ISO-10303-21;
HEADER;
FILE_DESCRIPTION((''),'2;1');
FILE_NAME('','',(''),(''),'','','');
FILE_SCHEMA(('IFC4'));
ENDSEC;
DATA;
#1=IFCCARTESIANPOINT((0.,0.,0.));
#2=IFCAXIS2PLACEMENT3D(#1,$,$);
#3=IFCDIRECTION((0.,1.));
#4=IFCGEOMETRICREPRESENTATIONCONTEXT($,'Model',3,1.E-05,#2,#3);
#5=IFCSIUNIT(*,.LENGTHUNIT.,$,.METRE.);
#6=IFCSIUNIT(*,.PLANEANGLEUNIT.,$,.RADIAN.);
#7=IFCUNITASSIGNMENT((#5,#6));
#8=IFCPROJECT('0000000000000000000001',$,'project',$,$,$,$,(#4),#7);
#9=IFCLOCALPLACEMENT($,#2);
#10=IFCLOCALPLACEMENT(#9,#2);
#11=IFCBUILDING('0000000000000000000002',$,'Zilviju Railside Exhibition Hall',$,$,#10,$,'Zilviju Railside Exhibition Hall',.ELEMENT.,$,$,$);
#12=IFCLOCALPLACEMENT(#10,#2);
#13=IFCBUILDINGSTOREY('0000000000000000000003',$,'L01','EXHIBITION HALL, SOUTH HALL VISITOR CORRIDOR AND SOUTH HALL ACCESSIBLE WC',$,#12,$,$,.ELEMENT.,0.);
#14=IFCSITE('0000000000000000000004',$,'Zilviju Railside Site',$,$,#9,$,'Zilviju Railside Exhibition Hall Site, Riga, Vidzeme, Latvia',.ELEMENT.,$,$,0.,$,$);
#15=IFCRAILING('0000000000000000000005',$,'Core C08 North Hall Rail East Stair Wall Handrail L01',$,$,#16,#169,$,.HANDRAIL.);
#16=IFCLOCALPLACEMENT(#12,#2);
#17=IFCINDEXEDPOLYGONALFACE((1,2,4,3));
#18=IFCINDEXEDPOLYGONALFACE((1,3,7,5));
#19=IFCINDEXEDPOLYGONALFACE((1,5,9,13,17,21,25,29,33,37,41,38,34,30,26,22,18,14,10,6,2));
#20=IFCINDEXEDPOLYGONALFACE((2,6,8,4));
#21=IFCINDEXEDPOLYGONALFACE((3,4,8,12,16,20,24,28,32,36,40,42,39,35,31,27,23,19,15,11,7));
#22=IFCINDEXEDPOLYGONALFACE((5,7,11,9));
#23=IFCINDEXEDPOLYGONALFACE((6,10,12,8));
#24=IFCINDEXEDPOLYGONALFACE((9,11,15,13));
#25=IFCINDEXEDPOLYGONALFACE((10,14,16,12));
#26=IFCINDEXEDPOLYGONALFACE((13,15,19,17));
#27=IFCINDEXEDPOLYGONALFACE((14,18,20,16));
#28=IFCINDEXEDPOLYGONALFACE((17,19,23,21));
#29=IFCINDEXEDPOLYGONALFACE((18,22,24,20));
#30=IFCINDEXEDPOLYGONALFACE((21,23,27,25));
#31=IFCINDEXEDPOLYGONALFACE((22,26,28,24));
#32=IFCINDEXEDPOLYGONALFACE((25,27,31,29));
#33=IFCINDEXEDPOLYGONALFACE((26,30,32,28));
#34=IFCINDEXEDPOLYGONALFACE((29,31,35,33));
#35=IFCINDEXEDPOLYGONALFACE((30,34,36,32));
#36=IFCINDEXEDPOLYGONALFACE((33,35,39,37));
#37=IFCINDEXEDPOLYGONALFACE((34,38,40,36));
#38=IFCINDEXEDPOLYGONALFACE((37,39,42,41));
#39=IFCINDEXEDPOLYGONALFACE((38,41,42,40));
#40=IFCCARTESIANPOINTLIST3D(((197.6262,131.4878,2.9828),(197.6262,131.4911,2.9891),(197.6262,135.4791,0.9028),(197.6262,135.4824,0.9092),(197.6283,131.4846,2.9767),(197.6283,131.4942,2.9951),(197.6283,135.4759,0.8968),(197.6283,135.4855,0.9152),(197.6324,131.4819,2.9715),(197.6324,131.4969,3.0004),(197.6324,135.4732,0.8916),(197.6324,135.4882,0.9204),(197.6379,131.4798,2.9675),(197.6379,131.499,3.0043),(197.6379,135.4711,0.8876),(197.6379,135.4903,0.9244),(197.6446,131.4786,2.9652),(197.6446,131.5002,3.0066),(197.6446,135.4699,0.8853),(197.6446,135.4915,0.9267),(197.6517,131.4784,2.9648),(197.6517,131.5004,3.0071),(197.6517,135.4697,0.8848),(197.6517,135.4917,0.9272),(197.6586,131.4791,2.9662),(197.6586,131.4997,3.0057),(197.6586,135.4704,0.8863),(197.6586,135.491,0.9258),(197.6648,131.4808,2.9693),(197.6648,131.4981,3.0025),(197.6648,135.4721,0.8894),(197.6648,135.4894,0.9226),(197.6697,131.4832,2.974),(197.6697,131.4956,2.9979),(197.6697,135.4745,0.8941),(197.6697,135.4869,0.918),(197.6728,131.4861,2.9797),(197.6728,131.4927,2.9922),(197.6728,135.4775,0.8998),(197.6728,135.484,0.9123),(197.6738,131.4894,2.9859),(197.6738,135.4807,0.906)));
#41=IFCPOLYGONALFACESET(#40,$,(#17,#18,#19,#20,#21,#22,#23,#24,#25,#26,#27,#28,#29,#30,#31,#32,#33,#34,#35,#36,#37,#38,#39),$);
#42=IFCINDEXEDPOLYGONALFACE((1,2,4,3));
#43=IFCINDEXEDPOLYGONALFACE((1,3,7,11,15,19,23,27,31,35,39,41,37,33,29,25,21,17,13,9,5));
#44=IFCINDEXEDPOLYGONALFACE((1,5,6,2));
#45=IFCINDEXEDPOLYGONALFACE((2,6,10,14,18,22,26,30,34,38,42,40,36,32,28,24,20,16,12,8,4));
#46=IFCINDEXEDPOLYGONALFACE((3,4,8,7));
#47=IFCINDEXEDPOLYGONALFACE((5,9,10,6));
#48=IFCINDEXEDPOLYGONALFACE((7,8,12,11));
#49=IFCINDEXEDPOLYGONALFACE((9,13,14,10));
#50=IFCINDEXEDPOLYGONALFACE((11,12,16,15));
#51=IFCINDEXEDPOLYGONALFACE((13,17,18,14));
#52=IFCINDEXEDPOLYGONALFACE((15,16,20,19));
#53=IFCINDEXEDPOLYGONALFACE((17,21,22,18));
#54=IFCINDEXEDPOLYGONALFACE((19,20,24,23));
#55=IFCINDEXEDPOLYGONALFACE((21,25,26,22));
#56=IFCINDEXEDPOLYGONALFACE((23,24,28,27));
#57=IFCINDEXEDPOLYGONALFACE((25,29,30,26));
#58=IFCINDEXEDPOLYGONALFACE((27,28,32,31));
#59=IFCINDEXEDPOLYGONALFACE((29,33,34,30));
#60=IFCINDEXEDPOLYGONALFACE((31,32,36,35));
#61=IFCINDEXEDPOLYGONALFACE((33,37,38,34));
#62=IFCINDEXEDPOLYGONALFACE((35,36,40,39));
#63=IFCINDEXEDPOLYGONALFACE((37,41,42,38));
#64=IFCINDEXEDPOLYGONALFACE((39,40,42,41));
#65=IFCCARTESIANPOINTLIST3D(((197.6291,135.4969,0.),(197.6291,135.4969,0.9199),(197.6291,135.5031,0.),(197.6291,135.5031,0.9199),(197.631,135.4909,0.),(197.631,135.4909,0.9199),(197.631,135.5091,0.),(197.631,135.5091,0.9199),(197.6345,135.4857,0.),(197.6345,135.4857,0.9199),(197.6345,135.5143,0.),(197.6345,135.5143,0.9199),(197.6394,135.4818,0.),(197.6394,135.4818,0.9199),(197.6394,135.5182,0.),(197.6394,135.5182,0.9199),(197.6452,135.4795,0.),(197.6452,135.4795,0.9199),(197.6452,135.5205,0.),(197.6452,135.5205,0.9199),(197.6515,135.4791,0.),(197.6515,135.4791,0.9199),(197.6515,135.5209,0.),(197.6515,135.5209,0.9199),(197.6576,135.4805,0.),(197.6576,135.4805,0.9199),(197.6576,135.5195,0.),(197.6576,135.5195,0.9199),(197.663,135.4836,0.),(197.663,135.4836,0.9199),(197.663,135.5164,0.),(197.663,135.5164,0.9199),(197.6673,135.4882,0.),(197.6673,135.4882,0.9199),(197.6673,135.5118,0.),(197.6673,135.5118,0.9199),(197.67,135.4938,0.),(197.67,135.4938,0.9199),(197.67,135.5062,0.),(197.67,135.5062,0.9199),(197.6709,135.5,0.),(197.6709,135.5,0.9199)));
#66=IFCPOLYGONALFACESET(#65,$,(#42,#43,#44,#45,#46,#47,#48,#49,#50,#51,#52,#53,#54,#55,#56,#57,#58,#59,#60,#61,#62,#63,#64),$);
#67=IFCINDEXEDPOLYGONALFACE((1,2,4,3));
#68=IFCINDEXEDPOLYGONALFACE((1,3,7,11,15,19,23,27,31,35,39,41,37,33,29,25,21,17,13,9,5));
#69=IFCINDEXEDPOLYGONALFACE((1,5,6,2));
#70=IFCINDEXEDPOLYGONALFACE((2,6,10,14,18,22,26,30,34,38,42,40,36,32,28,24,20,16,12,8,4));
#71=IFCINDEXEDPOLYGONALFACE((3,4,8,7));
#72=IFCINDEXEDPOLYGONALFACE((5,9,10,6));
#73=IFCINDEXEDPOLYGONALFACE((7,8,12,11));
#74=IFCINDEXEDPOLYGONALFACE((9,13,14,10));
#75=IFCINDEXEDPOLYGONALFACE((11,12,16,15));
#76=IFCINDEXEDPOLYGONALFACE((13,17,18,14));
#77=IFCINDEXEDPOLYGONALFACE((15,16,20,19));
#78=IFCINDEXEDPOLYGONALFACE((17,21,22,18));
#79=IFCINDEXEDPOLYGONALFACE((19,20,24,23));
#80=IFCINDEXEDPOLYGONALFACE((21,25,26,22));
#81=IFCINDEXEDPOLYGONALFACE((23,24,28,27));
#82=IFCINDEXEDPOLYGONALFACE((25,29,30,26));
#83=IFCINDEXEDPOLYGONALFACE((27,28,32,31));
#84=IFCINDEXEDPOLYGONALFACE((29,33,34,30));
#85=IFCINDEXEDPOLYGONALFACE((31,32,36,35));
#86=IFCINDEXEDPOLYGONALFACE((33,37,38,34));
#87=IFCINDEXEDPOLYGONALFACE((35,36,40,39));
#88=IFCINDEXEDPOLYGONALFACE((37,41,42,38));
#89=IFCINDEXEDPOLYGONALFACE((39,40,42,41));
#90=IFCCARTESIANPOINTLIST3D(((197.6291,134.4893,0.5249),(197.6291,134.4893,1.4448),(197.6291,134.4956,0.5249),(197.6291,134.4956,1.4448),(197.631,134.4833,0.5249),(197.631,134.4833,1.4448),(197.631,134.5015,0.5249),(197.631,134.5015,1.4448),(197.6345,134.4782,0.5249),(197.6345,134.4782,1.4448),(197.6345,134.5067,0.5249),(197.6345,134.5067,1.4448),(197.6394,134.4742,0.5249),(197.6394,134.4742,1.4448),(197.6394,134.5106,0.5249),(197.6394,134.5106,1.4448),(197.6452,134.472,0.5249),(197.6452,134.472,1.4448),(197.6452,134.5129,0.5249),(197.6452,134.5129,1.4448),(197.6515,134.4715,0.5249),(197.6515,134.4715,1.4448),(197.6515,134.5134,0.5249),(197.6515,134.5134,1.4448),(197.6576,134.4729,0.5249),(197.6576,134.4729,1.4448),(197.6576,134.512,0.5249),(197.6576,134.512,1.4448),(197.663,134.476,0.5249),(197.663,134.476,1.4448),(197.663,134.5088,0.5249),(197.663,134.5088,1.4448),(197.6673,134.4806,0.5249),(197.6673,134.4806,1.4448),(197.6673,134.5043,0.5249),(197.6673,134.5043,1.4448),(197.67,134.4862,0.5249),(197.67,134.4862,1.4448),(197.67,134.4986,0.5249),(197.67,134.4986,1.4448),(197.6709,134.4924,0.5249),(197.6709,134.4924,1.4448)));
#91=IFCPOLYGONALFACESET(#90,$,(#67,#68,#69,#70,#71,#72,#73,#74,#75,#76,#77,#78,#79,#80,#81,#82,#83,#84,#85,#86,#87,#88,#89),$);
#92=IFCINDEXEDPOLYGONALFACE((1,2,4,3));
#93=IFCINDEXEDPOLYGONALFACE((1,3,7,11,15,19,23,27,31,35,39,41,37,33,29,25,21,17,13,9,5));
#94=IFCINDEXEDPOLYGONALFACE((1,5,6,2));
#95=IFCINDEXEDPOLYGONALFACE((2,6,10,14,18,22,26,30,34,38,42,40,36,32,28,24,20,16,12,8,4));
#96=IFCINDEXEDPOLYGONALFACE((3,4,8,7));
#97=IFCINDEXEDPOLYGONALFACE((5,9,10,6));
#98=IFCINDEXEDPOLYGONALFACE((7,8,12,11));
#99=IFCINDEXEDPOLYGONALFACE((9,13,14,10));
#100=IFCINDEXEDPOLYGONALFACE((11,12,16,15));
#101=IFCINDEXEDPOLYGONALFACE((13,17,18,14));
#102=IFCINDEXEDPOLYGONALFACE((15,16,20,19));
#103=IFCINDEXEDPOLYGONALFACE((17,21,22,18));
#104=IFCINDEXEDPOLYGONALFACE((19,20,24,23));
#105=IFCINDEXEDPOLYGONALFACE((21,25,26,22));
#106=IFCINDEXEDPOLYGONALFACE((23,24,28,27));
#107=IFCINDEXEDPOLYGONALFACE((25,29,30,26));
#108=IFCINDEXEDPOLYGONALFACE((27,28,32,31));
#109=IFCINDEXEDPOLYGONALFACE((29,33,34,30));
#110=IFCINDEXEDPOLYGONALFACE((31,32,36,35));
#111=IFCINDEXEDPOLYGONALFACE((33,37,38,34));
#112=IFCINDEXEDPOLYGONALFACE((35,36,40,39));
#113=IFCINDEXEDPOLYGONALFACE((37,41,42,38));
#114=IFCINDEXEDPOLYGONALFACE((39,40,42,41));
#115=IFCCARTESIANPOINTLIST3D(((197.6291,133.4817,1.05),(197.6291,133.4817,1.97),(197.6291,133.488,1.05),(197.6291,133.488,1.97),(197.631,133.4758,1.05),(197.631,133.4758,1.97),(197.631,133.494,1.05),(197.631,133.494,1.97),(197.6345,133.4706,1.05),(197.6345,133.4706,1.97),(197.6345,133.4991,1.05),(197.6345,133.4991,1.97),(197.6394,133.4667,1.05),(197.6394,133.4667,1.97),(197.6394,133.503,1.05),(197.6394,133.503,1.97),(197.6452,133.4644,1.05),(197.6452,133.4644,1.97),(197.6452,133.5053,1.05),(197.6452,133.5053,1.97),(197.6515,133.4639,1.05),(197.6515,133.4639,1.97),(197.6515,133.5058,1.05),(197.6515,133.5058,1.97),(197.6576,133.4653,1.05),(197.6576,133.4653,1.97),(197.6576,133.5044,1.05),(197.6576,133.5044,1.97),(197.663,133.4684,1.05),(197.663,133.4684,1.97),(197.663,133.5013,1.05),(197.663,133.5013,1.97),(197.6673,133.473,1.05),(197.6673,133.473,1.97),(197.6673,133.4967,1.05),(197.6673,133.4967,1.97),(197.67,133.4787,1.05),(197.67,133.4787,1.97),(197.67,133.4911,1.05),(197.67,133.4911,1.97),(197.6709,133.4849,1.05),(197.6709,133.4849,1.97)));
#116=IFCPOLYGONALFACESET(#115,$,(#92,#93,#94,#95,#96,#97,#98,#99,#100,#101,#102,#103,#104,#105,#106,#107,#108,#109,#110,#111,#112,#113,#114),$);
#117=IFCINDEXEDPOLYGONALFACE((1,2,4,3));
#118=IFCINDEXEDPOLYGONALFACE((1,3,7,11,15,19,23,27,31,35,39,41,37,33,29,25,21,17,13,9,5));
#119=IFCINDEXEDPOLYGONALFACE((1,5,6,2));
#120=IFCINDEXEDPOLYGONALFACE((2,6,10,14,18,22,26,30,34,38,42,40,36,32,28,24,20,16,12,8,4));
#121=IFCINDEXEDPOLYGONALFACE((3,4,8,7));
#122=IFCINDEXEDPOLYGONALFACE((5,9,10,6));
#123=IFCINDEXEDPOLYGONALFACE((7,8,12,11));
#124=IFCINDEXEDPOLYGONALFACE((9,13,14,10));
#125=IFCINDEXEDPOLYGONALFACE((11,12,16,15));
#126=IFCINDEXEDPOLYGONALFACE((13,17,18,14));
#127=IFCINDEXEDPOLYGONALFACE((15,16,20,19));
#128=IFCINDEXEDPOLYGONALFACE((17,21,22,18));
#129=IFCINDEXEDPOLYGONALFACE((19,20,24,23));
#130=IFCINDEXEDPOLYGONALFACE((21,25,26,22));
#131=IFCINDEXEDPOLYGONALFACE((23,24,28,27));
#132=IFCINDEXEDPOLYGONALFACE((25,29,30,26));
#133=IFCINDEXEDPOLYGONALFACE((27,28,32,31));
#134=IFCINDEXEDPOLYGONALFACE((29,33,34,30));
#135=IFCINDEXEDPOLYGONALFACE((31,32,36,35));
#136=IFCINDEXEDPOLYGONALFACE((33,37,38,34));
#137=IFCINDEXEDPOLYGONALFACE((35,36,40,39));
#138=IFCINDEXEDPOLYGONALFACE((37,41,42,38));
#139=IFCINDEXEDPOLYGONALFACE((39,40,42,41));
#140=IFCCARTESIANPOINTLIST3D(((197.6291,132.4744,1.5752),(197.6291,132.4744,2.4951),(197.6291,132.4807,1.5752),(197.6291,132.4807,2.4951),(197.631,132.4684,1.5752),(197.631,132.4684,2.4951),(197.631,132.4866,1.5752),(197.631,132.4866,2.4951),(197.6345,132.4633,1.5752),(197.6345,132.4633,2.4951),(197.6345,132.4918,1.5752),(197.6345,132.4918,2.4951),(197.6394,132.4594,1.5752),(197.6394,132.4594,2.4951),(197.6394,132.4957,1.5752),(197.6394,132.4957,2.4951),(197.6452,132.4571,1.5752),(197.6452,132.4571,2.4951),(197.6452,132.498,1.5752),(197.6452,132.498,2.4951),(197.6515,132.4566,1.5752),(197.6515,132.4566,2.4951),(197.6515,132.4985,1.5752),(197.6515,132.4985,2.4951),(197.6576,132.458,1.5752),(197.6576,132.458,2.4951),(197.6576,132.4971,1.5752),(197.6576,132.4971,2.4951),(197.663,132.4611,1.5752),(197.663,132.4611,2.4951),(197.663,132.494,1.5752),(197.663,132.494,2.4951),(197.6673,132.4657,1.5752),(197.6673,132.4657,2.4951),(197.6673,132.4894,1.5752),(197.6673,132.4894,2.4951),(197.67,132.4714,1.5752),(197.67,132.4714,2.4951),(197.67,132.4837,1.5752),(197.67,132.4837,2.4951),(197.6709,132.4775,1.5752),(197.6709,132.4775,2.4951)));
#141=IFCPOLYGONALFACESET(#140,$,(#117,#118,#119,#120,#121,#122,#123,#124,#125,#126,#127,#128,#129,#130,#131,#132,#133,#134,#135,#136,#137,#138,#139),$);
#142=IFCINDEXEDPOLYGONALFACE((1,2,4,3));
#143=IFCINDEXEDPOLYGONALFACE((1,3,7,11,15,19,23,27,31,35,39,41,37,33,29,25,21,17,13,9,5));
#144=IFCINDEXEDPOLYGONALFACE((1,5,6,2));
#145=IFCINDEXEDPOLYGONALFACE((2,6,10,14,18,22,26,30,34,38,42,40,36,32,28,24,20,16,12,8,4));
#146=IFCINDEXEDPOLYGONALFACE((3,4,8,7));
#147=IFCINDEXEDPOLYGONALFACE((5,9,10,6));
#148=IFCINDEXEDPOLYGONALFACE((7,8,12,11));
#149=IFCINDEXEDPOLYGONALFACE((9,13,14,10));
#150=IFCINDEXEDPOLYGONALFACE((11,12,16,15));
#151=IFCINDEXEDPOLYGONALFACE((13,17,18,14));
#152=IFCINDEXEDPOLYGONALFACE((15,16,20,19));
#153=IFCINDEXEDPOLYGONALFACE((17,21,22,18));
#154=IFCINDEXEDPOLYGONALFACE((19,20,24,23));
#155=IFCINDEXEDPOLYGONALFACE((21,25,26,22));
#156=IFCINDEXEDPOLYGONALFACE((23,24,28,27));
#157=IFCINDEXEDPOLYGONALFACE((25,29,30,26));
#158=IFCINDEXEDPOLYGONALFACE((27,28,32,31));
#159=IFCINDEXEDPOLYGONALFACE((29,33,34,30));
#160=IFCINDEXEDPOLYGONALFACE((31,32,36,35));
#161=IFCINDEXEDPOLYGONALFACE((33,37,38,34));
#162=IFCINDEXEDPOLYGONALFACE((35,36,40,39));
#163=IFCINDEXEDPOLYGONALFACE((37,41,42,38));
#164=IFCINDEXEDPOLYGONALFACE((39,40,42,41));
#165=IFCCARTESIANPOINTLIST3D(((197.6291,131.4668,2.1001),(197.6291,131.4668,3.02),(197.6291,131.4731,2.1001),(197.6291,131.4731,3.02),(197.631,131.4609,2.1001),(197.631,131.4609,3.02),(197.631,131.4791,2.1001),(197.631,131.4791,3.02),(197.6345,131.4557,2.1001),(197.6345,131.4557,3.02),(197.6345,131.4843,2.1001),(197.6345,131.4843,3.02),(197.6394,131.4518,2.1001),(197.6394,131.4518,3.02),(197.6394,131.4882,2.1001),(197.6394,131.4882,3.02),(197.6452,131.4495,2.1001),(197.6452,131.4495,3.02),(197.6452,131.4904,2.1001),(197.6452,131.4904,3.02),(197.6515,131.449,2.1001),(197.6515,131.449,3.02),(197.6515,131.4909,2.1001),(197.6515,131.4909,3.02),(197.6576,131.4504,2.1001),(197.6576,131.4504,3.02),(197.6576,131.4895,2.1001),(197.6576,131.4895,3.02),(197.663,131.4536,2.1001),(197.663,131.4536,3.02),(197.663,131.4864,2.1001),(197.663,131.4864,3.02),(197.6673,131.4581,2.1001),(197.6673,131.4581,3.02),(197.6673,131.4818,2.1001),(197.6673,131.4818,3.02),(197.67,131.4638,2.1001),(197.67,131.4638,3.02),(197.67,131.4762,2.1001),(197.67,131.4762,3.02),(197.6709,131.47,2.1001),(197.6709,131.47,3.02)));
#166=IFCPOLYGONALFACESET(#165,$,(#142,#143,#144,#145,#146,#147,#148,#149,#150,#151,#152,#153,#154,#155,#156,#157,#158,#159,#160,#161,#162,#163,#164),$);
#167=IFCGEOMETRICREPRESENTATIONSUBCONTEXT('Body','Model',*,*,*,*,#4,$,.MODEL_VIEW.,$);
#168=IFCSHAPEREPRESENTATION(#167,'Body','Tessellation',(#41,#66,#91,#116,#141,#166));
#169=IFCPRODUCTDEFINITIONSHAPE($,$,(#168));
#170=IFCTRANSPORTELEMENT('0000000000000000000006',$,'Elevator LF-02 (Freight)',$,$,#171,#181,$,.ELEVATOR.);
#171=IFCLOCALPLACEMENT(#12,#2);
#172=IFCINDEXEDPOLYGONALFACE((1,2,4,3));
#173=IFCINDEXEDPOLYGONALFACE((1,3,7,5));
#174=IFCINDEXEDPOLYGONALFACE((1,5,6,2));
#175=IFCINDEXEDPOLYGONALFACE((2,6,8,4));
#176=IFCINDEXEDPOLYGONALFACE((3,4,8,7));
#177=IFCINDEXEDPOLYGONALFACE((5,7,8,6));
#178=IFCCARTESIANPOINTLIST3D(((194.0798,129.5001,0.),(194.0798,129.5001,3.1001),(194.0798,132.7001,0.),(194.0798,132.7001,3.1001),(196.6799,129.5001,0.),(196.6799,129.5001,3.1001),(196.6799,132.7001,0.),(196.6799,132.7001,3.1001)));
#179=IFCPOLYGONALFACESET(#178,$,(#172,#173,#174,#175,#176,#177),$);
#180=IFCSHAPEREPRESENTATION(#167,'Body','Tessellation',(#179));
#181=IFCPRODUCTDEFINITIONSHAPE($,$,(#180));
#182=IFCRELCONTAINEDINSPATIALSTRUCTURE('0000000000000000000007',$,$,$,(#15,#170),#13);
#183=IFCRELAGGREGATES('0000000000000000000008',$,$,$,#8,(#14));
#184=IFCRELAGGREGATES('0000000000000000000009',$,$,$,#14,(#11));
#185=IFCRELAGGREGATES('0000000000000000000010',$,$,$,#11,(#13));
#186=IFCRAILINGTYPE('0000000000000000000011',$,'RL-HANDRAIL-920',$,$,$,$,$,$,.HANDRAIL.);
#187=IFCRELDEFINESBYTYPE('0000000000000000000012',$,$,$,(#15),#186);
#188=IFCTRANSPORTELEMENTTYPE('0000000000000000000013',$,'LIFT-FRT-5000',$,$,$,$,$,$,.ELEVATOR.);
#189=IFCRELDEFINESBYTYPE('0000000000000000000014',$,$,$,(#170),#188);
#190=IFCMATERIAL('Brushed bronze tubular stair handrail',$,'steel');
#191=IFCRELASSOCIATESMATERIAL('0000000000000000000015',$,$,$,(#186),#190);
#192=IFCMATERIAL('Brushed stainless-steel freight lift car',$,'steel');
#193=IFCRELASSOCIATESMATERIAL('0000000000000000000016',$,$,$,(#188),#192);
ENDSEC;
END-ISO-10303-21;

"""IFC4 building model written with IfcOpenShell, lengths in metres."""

from ifc_helpers import new_model, si_unit, direction, frame, origin, origin_2d, place, context, subcontext, project, spatial, rectangle, circle, extrude, material, type_object, element, save


model = new_model("IFC4")

# Units and contexts
model_context = context("Model", 3, precision=1e-05, world=origin(), true_north=direction((0.0, 1.0)))
body_context = subcontext(model_context, "Body", "Model", "MODEL_VIEW")
ifc_project = project(units=[si_unit("LENGTHUNIT", "METRE"), si_unit("PLANEANGLEUNIT", "RADIAN")], contexts=[model_context])

# Site, building, storey
site_placement = place(None, origin())
site = spatial("IfcSite", under=ifc_project, at=site_placement, Name="Zilviju Railside Site", LongName="Zilviju Railside Exhibition Hall Site, Riga, Vidzeme, Latvia", CompositionType="ELEMENT", RefElevation=0.0)
building_placement = place(site_placement, origin())
building = spatial("IfcBuilding", under=site, at=building_placement, Name="Zilviju Railside Exhibition Hall", LongName="Zilviju Railside Exhibition Hall", CompositionType="ELEMENT")
storey_placement = place(building_placement, origin())
storey = spatial("IfcBuildingStorey", under=building, at=storey_placement, Name="L01", Description="EXHIBITION HALL, SOUTH HALL VISITOR CORRIDOR AND SOUTH HALL ACCESSIBLE WC", CompositionType="ELEMENT", Elevation=0.0)

# Railing
ifc_material_1 = material(Name="Brushed bronze tubular stair handrail", Category="steel")
railing_type = type_object("IfcRailingType", Name="RL-HANDRAIL-920", PredefinedType="HANDRAIL", material=ifc_material_1)
railing_placement = place(storey_placement, frame((197.6499, 135.5, 0.0)))
element("IfcRailing", 1, at=railing_placement, inside=storey, type_object=railing_type, Name="Core C08 North Hall Rail East Stair Wall Handrail L01", PredefinedType="HANDRAIL", context=body_context, shape_type="SweptSolid", body=[
    extrude(circle(Radius=0.0239, at=origin_2d()), frame((0.0, -0.0193, 0.906), z_axis=(0.0, -0.886813, 0.462129), x_axis=(1.0, 0.0, 0.0)), (0.0, 0.0, 1.0), 4.5007),
    extrude(circle(Radius=0.021, at=origin_2d()), origin(), (0.0, 0.0, 1.0), 0.9199),
    extrude(circle(Radius=0.021, at=origin_2d()), frame((0.0, -1.0076, 0.5249)), (0.0, 0.0, 1.0), 0.9199),
    extrude(circle(Radius=0.021, at=origin_2d()), frame((0.0, -2.0151, 1.05)), (0.0, 0.0, 1.0), 0.9199),
    extrude(circle(Radius=0.021, at=origin_2d()), frame((0.0, -3.0225, 1.5752)), (0.0, 0.0, 1.0), 0.9199),
    extrude(circle(Radius=0.021, at=origin_2d()), frame((0.0, -4.03, 2.1001)), (0.0, 0.0, 1.0), 0.9199),
])

# Transport element
ifc_material_2 = material(Name="Brushed stainless-steel freight lift car", Category="steel")
transport_element_type = type_object("IfcTransportElementType", Name="LIFT-FRT-5000", PredefinedType="ELEVATOR", material=ifc_material_2)
transport_element_placement = place(storey_placement, frame((195.3799, 131.1001, 0.0), z_axis=(0.0, 0.0, 1.0), x_axis=(1.0, 0.0, 0.0)))
element("IfcTransportElement", 2, at=transport_element_placement, inside=storey, type_object=transport_element_type, Name="Elevator LF-02 (Freight)", PredefinedType="ELEVATOR", context=body_context, shape_type="SweptSolid", body=[
    extrude(rectangle(XDim=2.6001, YDim=3.2, at=origin_2d()), origin(), (0.0, 0.0, 1.0), 3.1001),
])

save(model, "model.ifc")
